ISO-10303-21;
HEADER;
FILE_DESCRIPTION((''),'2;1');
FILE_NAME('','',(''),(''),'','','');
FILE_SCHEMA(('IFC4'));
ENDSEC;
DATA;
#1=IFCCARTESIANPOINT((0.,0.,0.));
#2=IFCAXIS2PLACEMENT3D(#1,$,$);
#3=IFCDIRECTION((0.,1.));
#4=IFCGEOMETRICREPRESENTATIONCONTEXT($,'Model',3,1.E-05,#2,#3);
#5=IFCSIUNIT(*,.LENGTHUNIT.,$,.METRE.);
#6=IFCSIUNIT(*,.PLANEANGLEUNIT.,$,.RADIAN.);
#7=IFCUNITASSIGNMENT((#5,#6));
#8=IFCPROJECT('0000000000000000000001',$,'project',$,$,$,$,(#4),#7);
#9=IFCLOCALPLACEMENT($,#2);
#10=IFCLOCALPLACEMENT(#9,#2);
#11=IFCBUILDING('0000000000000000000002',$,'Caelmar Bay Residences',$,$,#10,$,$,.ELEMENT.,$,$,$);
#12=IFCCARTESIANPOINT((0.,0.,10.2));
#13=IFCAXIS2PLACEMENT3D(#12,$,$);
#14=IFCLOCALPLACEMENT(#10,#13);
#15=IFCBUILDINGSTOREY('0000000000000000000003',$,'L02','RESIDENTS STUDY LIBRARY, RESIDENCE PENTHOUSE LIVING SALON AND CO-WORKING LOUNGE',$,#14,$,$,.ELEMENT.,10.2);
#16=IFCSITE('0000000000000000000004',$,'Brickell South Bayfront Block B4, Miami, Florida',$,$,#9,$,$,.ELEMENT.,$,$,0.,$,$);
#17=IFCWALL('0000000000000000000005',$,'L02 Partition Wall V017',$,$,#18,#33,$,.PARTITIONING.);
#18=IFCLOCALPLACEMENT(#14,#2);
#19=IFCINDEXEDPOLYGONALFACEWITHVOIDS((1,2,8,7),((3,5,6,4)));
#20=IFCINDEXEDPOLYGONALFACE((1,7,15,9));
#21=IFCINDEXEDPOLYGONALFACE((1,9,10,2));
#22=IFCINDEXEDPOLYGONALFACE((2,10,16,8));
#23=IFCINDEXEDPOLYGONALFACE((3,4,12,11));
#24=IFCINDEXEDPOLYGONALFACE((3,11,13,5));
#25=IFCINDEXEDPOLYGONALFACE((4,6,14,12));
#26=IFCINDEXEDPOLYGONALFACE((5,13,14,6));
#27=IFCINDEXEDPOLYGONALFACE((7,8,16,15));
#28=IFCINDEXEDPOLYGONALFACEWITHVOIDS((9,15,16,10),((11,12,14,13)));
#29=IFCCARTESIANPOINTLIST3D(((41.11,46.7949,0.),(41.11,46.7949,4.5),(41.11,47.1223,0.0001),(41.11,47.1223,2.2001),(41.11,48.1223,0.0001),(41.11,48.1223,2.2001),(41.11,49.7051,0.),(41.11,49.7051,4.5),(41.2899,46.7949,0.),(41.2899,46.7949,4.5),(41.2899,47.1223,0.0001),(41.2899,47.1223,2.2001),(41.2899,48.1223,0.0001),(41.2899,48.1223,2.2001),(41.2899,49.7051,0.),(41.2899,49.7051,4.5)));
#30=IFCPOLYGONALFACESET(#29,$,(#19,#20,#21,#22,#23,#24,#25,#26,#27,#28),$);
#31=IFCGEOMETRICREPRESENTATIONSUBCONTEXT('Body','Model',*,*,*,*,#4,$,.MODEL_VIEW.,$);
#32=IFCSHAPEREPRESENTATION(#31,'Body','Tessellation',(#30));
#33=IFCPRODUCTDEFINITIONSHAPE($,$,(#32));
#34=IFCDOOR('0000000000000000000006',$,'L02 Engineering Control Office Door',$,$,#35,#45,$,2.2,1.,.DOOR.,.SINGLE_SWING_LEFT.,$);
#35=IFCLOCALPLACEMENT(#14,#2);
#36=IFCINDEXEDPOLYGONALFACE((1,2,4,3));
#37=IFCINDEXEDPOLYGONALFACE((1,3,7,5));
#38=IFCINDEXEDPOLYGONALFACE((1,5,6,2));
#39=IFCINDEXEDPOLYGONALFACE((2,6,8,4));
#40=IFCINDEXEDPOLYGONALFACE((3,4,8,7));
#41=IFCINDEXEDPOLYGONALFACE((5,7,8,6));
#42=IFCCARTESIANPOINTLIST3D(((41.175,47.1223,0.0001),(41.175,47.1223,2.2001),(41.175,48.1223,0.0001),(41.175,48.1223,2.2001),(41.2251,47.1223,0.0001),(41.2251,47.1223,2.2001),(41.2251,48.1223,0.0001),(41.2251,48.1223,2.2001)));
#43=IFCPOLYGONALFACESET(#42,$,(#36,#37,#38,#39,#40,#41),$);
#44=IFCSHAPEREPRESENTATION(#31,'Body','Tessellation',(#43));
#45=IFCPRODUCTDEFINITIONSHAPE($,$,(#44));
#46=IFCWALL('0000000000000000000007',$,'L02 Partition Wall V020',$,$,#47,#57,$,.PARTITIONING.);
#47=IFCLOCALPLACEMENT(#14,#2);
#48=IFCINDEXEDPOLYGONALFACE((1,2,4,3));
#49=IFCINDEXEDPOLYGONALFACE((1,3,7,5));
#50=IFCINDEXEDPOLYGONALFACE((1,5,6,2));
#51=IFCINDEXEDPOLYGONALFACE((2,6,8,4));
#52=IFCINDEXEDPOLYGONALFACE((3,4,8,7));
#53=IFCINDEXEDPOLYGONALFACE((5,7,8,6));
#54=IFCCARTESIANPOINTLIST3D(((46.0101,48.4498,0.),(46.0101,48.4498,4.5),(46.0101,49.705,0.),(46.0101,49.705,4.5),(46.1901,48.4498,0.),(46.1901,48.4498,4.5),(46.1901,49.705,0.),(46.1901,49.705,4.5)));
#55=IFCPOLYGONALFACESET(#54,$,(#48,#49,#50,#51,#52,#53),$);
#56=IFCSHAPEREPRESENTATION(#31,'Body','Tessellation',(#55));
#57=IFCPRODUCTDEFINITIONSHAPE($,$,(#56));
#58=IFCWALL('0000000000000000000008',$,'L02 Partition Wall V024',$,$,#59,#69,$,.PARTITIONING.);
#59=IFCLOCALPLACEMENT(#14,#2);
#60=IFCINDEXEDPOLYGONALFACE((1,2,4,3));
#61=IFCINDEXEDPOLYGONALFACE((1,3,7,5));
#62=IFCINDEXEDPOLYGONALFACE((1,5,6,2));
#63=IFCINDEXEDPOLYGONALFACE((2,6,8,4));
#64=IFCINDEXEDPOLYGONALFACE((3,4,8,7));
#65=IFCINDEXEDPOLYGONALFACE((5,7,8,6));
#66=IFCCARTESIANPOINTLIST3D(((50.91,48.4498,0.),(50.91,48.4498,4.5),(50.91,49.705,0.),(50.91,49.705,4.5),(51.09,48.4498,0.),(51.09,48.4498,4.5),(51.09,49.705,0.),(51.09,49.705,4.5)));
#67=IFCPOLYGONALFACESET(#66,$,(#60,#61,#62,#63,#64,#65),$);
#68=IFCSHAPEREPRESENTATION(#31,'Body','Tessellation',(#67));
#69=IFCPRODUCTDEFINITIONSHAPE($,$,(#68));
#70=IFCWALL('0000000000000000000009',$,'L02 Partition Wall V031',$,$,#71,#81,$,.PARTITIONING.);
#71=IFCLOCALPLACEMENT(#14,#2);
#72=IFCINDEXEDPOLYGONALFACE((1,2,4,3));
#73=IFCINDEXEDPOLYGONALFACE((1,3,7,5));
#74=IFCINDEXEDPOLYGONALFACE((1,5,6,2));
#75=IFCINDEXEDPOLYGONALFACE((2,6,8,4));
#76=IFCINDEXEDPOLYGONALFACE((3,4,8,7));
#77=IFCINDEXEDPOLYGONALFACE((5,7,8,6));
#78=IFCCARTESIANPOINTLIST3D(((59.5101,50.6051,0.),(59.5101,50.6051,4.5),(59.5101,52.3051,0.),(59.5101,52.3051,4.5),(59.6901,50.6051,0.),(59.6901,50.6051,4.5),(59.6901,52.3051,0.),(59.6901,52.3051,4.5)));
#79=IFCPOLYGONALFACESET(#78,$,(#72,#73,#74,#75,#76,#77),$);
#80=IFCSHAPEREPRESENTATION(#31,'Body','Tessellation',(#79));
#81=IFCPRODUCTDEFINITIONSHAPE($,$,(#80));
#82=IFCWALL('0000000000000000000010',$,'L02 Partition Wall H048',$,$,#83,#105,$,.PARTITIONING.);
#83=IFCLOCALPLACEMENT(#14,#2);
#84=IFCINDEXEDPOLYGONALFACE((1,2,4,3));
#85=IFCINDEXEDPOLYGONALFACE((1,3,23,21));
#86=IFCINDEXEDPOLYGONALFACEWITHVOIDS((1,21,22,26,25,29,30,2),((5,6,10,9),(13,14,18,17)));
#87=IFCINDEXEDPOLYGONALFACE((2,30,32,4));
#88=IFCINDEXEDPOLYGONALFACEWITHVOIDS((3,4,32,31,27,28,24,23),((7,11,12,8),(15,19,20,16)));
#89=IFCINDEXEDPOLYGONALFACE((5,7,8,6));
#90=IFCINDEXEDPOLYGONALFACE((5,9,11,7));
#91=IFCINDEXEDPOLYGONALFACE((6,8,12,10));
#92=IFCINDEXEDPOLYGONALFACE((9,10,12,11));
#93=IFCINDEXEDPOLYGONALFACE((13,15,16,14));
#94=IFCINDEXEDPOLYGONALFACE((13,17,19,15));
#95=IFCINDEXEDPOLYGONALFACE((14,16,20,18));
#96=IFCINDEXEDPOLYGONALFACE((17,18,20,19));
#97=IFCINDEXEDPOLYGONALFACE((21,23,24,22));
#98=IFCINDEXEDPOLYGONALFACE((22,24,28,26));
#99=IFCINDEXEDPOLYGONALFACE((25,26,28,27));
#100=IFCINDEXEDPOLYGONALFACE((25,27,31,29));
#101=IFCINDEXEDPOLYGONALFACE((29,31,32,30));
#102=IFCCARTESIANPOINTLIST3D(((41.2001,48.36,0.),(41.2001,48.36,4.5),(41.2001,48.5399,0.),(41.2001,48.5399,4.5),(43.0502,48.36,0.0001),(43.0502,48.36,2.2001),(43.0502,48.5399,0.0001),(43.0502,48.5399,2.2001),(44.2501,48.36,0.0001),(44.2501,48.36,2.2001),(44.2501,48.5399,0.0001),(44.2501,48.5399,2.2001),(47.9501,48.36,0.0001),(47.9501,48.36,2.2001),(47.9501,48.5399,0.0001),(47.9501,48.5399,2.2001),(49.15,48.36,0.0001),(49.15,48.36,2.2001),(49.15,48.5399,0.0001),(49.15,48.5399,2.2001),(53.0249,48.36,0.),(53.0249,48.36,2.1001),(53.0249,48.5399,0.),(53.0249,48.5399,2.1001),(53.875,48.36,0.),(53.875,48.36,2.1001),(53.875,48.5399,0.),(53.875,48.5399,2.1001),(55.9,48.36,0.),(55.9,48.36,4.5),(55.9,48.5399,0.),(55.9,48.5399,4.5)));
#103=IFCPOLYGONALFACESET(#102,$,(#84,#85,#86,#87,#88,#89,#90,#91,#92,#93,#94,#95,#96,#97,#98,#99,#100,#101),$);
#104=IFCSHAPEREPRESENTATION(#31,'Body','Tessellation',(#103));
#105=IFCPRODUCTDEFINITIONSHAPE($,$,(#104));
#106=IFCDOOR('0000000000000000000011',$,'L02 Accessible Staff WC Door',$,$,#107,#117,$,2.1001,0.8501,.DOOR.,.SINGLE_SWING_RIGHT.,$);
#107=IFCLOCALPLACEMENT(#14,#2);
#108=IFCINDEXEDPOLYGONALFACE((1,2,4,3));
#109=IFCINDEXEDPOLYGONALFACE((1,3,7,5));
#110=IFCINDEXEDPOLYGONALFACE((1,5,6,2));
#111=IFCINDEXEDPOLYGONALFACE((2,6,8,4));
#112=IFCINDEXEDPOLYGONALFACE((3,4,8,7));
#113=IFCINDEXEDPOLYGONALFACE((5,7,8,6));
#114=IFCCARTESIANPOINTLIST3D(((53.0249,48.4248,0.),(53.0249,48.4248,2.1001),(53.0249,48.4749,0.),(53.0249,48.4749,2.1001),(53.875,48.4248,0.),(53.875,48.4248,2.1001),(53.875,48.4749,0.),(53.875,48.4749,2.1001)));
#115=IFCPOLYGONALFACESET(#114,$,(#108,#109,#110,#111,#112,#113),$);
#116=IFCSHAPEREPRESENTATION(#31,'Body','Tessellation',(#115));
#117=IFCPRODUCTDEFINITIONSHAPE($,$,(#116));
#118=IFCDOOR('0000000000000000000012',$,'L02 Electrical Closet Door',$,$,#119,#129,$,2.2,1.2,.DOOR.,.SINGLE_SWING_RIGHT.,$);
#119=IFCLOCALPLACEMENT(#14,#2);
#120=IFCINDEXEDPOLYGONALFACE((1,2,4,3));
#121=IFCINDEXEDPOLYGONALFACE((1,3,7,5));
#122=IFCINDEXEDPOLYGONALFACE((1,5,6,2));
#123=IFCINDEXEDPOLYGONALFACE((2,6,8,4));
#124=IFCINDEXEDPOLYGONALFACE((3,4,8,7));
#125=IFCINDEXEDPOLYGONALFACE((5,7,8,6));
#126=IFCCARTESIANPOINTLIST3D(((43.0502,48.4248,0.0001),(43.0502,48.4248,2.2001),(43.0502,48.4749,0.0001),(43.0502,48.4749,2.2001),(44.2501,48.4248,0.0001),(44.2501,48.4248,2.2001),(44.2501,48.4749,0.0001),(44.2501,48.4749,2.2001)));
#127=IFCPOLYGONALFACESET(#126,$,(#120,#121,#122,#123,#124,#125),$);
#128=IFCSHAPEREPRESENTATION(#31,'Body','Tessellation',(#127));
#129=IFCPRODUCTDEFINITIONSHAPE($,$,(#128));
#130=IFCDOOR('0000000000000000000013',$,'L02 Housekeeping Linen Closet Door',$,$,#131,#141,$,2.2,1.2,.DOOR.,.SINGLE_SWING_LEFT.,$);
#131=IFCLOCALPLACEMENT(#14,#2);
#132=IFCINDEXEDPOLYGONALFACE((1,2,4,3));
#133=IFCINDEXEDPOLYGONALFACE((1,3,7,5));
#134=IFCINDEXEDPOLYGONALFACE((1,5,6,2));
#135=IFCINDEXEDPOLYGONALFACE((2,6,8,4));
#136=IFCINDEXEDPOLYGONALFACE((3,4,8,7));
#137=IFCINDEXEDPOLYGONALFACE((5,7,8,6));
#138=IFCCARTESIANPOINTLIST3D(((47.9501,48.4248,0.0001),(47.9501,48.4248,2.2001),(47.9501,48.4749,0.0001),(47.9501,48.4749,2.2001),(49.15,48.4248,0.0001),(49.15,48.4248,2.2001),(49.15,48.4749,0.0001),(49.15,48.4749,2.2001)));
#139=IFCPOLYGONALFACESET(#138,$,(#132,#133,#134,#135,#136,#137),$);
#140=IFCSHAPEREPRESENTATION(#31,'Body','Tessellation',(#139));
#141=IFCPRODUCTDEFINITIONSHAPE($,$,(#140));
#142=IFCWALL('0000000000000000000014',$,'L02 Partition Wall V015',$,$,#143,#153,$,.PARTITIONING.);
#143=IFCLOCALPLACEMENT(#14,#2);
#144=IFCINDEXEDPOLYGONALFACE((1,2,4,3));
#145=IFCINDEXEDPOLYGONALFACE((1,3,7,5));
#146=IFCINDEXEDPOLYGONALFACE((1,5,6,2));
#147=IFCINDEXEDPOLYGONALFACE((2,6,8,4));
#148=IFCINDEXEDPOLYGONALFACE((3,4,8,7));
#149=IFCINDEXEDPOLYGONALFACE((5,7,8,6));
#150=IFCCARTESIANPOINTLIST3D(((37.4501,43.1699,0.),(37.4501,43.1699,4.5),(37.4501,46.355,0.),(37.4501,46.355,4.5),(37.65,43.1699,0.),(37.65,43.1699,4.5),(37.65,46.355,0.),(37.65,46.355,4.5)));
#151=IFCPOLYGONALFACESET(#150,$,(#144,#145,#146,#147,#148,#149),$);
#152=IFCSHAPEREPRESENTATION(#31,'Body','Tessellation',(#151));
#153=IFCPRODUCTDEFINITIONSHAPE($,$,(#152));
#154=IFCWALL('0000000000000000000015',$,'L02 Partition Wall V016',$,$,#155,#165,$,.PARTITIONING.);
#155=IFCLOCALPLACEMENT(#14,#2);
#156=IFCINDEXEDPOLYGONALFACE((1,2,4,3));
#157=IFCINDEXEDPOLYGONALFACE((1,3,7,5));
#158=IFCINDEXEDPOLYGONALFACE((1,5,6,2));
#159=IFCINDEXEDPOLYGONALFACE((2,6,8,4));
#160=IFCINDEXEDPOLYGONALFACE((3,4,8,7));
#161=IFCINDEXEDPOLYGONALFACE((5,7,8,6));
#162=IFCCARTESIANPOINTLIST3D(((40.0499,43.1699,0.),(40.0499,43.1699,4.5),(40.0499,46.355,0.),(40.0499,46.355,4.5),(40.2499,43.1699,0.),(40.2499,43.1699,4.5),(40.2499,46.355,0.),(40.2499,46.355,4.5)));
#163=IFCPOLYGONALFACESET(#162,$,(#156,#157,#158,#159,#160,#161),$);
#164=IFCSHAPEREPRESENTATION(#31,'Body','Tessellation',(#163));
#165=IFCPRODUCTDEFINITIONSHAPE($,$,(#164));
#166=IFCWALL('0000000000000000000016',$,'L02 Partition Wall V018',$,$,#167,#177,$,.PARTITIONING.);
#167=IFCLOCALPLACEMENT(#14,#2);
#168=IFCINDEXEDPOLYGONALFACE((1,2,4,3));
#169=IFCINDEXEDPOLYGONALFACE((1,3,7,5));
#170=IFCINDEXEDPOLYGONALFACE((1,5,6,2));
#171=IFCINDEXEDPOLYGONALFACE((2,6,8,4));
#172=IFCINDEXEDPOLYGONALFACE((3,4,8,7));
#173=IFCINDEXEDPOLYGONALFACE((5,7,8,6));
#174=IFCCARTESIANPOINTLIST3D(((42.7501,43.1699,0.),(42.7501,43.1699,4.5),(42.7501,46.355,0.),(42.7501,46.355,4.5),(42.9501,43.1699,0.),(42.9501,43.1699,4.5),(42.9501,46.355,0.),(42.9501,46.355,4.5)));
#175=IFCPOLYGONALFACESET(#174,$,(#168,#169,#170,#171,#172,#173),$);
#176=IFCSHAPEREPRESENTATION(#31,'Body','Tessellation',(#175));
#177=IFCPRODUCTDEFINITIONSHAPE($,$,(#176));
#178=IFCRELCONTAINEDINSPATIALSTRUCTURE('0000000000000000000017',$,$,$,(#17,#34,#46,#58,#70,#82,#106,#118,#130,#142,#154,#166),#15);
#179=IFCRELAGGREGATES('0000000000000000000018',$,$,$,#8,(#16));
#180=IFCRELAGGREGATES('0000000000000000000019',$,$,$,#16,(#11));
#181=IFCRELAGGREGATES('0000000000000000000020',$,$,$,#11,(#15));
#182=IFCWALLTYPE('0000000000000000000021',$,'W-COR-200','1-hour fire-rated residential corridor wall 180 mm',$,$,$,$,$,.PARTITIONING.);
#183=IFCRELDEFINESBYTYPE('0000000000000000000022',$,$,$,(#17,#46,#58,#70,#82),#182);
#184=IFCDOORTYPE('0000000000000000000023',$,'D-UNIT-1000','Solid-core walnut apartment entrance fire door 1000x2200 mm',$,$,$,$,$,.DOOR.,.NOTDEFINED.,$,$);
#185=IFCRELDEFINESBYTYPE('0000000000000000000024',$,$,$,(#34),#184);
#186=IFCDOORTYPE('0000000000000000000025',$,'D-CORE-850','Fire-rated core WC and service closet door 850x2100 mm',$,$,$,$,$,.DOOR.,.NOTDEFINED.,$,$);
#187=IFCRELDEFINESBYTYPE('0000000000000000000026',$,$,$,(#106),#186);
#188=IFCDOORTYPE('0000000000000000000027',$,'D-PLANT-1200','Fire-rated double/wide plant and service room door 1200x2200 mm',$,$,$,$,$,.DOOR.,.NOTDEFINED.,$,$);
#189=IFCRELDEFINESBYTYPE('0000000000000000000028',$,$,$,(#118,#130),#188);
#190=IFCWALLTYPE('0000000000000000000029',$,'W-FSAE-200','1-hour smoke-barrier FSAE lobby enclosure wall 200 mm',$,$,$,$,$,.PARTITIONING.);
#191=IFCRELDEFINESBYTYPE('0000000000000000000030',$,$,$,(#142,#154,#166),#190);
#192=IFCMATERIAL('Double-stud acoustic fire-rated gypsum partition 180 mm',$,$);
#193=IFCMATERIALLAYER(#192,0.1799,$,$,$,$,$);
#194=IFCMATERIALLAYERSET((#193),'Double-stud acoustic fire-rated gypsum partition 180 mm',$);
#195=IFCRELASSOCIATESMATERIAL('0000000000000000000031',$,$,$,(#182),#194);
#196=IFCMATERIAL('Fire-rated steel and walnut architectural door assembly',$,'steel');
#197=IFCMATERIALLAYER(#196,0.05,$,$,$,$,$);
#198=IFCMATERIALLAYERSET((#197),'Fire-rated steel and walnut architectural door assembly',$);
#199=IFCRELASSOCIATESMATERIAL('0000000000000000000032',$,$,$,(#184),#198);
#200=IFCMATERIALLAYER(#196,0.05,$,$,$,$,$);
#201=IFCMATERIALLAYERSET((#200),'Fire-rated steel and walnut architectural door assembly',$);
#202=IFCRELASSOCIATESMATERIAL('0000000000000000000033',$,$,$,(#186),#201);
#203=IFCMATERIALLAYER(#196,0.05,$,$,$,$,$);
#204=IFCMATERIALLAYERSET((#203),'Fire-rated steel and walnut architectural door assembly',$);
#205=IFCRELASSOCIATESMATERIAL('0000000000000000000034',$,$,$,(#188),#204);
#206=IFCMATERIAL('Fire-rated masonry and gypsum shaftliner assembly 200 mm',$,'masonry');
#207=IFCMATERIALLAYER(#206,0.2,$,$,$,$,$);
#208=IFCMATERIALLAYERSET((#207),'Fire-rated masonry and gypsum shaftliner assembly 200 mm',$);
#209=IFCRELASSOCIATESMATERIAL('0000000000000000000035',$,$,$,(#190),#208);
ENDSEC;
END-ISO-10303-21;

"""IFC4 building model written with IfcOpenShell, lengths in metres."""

from ifc_helpers import new_model, si_unit, direction, frame, frame_2d, origin, place, context, subcontext, project, spatial, rectangle, extrude, material, layer, layer_set, type_object, element, fill, save


model = new_model("IFC4")

# Units and contexts
model_context = context("Model", 3, precision=1e-05, world=origin(), true_north=direction((0.0, 1.0)))
body_context = subcontext(model_context, "Body", "Model", "MODEL_VIEW")
ifc_project = project(units=[si_unit("LENGTHUNIT", "METRE"), si_unit("PLANEANGLEUNIT", "RADIAN")], contexts=[model_context])

# Site, building, storey
site_placement = place(None, origin())
site = spatial("IfcSite", under=ifc_project, at=site_placement, Name="Brickell South Bayfront Block B4, Miami, Florida", CompositionType="ELEMENT", RefElevation=0.0)
building_placement = place(site_placement, origin())
building = spatial("IfcBuilding", under=site, at=building_placement, Name="Caelmar Bay Residences", CompositionType="ELEMENT")
storey_placement = place(building_placement, frame((0.0, 0.0, 10.2)))
storey = spatial("IfcBuildingStorey", under=building, at=storey_placement, Name="L02", Description="RESIDENTS STUDY LIBRARY, RESIDENCE PENTHOUSE LIVING SALON AND CO-WORKING LOUNGE", CompositionType="ELEMENT", Elevation=10.2)

# Wall, opening, door
ifc_material_1 = material(Name="Double-stud acoustic fire-rated gypsum partition 180 mm")
ifc_layer_1 = layer(ifc_material_1, 0.1799)
ifc_layer_set_1 = layer_set([ifc_layer_1], Name="Double-stud acoustic fire-rated gypsum partition 180 mm")
wall_type_1 = type_object("IfcWallType", Name="W-COR-200", Description="1-hour fire-rated residential corridor wall 180 mm", PredefinedType="PARTITIONING", material=ifc_layer_set_1)
wall_1_placement = place(storey_placement, frame((41.2, 46.7949, 0.0), z_axis=(0.0, 0.0, 1.0), x_axis=(0.0, 1.0, 0.0)))
wall_1 = element("IfcWall", 1, at=wall_1_placement, inside=storey, type_object=wall_type_1, Name="L02 Partition Wall V017", PredefinedType="PARTITIONING", context=body_context, shape_type="SweptSolid", body=[
    extrude(rectangle(XDim=2.9102, YDim=0.1799, at=frame_2d((1.4551, 0.0))), origin(), (0.0, 0.0, 1.0), 4.5),
])
opening_1_placement = place(wall_1_placement, frame((0.3274, 0.0, 0.0)))
opening_1 = element("IfcOpeningElement", 2, at=opening_1_placement, cuts=wall_1, PredefinedType="OPENING", context=body_context, shape_type="SweptSolid", body=[
    extrude(rectangle(XDim=1.0, YDim=2.2, at=frame_2d((0.5, 1.1001))), frame((0.0, 0.0999, 0.0), z_axis=(0.0, -1.0, 0.0), x_axis=(1.0, 0.0, 0.0)), (0.0, 0.0, 1.0), 0.2),
])
ifc_material_2 = material(Name="Fire-rated steel and walnut architectural door assembly", Category="steel")
ifc_layer_2 = layer(ifc_material_2, 0.05)
ifc_layer_set_2 = layer_set([ifc_layer_2], Name="Fire-rated steel and walnut architectural door assembly")
door_type_1 = type_object("IfcDoorType", Name="D-UNIT-1000", Description="Solid-core walnut apartment entrance fire door 1000x2200 mm", OperationType="NOTDEFINED", PredefinedType="DOOR", material=ifc_layer_set_2)
door_1_placement = place(opening_1_placement, origin())
door_1 = element("IfcDoor", 3, at=door_1_placement, inside=storey, type_object=door_type_1, Name="L02 Engineering Control Office Door", OperationType="SINGLE_SWING_LEFT", OverallHeight=2.2, OverallWidth=1.0, PredefinedType="DOOR", context=body_context, shape_type="SweptSolid", body=[
    extrude(rectangle(XDim=1.0, YDim=2.2, at=frame_2d((0.5, 1.1001))), frame((0.0, 0.0249, 0.0), z_axis=(0.0, -1.0, 0.0), x_axis=(1.0, 0.0, 0.0)), (0.0, 0.0, 1.0), 0.05),
])
fill(opening_1, door_1)

# Walls
for number, where, z_axis, x_axis, name in (
    (4, (46.1001, 48.45, 0.0), (0.0, 0.0, 1.0), (0.0, 1.0, 0.0), "L02 Partition Wall V020"),
    (5, (51.0, 48.45, 0.0), (0.0, 0.0, 1.0), (0.0, 1.0, 0.0), "L02 Partition Wall V024"),
):
    element("IfcWall", number, at=place(storey_placement, frame(where, z_axis=z_axis, x_axis=x_axis)), inside=storey, type_object=wall_type_1, Name=name, PredefinedType="PARTITIONING", context=body_context, shape_type="SweptSolid", body=[
        extrude(rectangle(XDim=1.2551, YDim=0.1799, at=frame_2d((0.6274, 0.0))), origin(), (0.0, 0.0, 1.0), 4.5),
    ])
wall_2_placement = place(storey_placement, frame((59.6001, 50.605, 0.0), z_axis=(0.0, 0.0, 1.0), x_axis=(0.0, 1.0, 0.0)))
element("IfcWall", 6, at=wall_2_placement, inside=storey, type_object=wall_type_1, Name="L02 Partition Wall V031", PredefinedType="PARTITIONING", context=body_context, shape_type="SweptSolid", body=[
    extrude(rectangle(XDim=1.7, YDim=0.1799, at=frame_2d((0.8501, 0.0))), origin(), (0.0, 0.0, 1.0), 4.5),
])

# Wall, openings, doors
wall_3_placement = place(storey_placement, frame((41.2, 48.45, 0.0), z_axis=(0.0, 0.0, 1.0), x_axis=(1.0, 0.0, 0.0)))
wall_3 = element("IfcWall", 7, at=wall_3_placement, inside=storey, type_object=wall_type_1, Name="L02 Partition Wall H048", PredefinedType="PARTITIONING", context=body_context, shape_type="SweptSolid", body=[
    extrude(rectangle(XDim=14.7, YDim=0.1799, at=frame_2d((7.3501, 0.0))), origin(), (0.0, 0.0, 1.0), 4.5),
])
opening_2_placement = place(wall_3_placement, frame((1.8501, 0.0, 0.0)))
opening_2 = element("IfcOpeningElement", 8, at=opening_2_placement, cuts=wall_3, PredefinedType="OPENING", context=body_context, shape_type="SweptSolid", body=[
    extrude(rectangle(XDim=1.2, YDim=2.2, at=frame_2d((0.6001, 1.1001))), frame((0.0, 0.0999, 0.0), z_axis=(0.0, -1.0, 0.0), x_axis=(1.0, 0.0, 0.0)), (0.0, 0.0, 1.0), 0.2),
])
opening_3_placement = place(wall_3_placement, frame((6.75, 0.0, 0.0)))
opening_3 = element("IfcOpeningElement", 9, at=opening_3_placement, cuts=wall_3, PredefinedType="OPENING", context=body_context, shape_type="SweptSolid", body=[
    extrude(rectangle(XDim=1.2, YDim=2.2, at=frame_2d((0.6001, 1.1001))), frame((0.0, 0.0999, 0.0), z_axis=(0.0, -1.0, 0.0), x_axis=(1.0, 0.0, 0.0)), (0.0, 0.0, 1.0), 0.2),
])
opening_4_placement = place(wall_3_placement, frame((11.825, 0.0, 0.0)))
opening_4 = element("IfcOpeningElement", 10, at=opening_4_placement, cuts=wall_3, PredefinedType="OPENING", context=body_context, shape_type="SweptSolid", body=[
    extrude(rectangle(XDim=0.8501, YDim=2.1001, at=frame_2d((0.425, 1.05))), frame((0.0, 0.0999, 0.0), z_axis=(0.0, -1.0, 0.0), x_axis=(1.0, 0.0, 0.0)), (0.0, 0.0, 1.0), 0.2),
])
ifc_layer_3 = layer(ifc_material_2, 0.05)
ifc_layer_set_3 = layer_set([ifc_layer_3], Name="Fire-rated steel and walnut architectural door assembly")
door_type_2 = type_object("IfcDoorType", Name="D-CORE-850", Description="Fire-rated core WC and service closet door 850x2100 mm", OperationType="NOTDEFINED", PredefinedType="DOOR", material=ifc_layer_set_3)
door_2_placement = place(opening_4_placement, origin())
door_2 = element("IfcDoor", 11, at=door_2_placement, inside=storey, type_object=door_type_2, Name="L02 Accessible Staff WC Door", OperationType="SINGLE_SWING_RIGHT", OverallHeight=2.1001, OverallWidth=0.8501, PredefinedType="DOOR", context=body_context, shape_type="SweptSolid", body=[
    extrude(rectangle(XDim=0.8501, YDim=2.1001, at=frame_2d((0.425, 1.05))), frame((0.0, 0.0249, 0.0), z_axis=(0.0, -1.0, 0.0), x_axis=(1.0, 0.0, 0.0)), (0.0, 0.0, 1.0), 0.05),
])
fill(opening_4, door_2)
ifc_layer_4 = layer(ifc_material_2, 0.05)
ifc_layer_set_4 = layer_set([ifc_layer_4], Name="Fire-rated steel and walnut architectural door assembly")
door_type_3 = type_object("IfcDoorType", Name="D-PLANT-1200", Description="Fire-rated double/wide plant and service room door 1200x2200 mm", OperationType="NOTDEFINED", PredefinedType="DOOR", material=ifc_layer_set_4)
door_3_placement = place(opening_2_placement, origin())
door_3 = element("IfcDoor", 12, at=door_3_placement, inside=storey, type_object=door_type_3, Name="L02 Electrical Closet Door", OperationType="SINGLE_SWING_RIGHT", OverallHeight=2.2, OverallWidth=1.2, PredefinedType="DOOR", context=body_context, shape_type="SweptSolid", body=[
    extrude(rectangle(XDim=1.2, YDim=2.2, at=frame_2d((0.6001, 1.1001))), frame((0.0, 0.0249, 0.0), z_axis=(0.0, -1.0, 0.0), x_axis=(1.0, 0.0, 0.0)), (0.0, 0.0, 1.0), 0.05),
])
fill(opening_2, door_3)
door_4_placement = place(opening_3_placement, origin())
door_4 = element("IfcDoor", 13, at=door_4_placement, inside=storey, type_object=door_type_3, Name="L02 Housekeeping Linen Closet Door", OperationType="SINGLE_SWING_LEFT", OverallHeight=2.2, OverallWidth=1.2, PredefinedType="DOOR", context=body_context, shape_type="SweptSolid", body=[
    extrude(rectangle(XDim=1.2, YDim=2.2, at=frame_2d((0.6001, 1.1001))), frame((0.0, 0.0249, 0.0), z_axis=(0.0, -1.0, 0.0), x_axis=(1.0, 0.0, 0.0)), (0.0, 0.0, 1.0), 0.05),
])
fill(opening_3, door_4)

# Walls
ifc_material_3 = material(Name="Fire-rated masonry and gypsum shaftliner assembly 200 mm", Category="masonry")
ifc_layer_5 = layer(ifc_material_3, 0.2)
ifc_layer_set_5 = layer_set([ifc_layer_5], Name="Fire-rated masonry and gypsum shaftliner assembly 200 mm")
wall_type_2 = type_object("IfcWallType", Name="W-FSAE-200", Description="1-hour smoke-barrier FSAE lobby enclosure wall 200 mm", PredefinedType="PARTITIONING", material=ifc_layer_set_5)
for number, where, z_axis, x_axis, name in (
    (14, (37.55, 43.1699, 0.0), (0.0, 0.0, 1.0), (0.0, 1.0, 0.0), "L02 Partition Wall V015"),
    (15, (40.1499, 43.1699, 0.0), (0.0, 0.0, 1.0), (0.0, 1.0, 0.0), "L02 Partition Wall V016"),
    (16, (42.8501, 43.1699, 0.0), (0.0, 0.0, 1.0), (0.0, 1.0, 0.0), "L02 Partition Wall V018"),
):
    element("IfcWall", number, at=place(storey_placement, frame(where, z_axis=z_axis, x_axis=x_axis)), inside=storey, type_object=wall_type_2, Name=name, PredefinedType="PARTITIONING", context=body_context, shape_type="SweptSolid", body=[
        extrude(rectangle(XDim=3.1851, YDim=0.2, at=frame_2d((1.5925, 0.0))), origin(), (0.0, 0.0, 1.0), 4.5),
    ])

save(model, "model.ifc")
